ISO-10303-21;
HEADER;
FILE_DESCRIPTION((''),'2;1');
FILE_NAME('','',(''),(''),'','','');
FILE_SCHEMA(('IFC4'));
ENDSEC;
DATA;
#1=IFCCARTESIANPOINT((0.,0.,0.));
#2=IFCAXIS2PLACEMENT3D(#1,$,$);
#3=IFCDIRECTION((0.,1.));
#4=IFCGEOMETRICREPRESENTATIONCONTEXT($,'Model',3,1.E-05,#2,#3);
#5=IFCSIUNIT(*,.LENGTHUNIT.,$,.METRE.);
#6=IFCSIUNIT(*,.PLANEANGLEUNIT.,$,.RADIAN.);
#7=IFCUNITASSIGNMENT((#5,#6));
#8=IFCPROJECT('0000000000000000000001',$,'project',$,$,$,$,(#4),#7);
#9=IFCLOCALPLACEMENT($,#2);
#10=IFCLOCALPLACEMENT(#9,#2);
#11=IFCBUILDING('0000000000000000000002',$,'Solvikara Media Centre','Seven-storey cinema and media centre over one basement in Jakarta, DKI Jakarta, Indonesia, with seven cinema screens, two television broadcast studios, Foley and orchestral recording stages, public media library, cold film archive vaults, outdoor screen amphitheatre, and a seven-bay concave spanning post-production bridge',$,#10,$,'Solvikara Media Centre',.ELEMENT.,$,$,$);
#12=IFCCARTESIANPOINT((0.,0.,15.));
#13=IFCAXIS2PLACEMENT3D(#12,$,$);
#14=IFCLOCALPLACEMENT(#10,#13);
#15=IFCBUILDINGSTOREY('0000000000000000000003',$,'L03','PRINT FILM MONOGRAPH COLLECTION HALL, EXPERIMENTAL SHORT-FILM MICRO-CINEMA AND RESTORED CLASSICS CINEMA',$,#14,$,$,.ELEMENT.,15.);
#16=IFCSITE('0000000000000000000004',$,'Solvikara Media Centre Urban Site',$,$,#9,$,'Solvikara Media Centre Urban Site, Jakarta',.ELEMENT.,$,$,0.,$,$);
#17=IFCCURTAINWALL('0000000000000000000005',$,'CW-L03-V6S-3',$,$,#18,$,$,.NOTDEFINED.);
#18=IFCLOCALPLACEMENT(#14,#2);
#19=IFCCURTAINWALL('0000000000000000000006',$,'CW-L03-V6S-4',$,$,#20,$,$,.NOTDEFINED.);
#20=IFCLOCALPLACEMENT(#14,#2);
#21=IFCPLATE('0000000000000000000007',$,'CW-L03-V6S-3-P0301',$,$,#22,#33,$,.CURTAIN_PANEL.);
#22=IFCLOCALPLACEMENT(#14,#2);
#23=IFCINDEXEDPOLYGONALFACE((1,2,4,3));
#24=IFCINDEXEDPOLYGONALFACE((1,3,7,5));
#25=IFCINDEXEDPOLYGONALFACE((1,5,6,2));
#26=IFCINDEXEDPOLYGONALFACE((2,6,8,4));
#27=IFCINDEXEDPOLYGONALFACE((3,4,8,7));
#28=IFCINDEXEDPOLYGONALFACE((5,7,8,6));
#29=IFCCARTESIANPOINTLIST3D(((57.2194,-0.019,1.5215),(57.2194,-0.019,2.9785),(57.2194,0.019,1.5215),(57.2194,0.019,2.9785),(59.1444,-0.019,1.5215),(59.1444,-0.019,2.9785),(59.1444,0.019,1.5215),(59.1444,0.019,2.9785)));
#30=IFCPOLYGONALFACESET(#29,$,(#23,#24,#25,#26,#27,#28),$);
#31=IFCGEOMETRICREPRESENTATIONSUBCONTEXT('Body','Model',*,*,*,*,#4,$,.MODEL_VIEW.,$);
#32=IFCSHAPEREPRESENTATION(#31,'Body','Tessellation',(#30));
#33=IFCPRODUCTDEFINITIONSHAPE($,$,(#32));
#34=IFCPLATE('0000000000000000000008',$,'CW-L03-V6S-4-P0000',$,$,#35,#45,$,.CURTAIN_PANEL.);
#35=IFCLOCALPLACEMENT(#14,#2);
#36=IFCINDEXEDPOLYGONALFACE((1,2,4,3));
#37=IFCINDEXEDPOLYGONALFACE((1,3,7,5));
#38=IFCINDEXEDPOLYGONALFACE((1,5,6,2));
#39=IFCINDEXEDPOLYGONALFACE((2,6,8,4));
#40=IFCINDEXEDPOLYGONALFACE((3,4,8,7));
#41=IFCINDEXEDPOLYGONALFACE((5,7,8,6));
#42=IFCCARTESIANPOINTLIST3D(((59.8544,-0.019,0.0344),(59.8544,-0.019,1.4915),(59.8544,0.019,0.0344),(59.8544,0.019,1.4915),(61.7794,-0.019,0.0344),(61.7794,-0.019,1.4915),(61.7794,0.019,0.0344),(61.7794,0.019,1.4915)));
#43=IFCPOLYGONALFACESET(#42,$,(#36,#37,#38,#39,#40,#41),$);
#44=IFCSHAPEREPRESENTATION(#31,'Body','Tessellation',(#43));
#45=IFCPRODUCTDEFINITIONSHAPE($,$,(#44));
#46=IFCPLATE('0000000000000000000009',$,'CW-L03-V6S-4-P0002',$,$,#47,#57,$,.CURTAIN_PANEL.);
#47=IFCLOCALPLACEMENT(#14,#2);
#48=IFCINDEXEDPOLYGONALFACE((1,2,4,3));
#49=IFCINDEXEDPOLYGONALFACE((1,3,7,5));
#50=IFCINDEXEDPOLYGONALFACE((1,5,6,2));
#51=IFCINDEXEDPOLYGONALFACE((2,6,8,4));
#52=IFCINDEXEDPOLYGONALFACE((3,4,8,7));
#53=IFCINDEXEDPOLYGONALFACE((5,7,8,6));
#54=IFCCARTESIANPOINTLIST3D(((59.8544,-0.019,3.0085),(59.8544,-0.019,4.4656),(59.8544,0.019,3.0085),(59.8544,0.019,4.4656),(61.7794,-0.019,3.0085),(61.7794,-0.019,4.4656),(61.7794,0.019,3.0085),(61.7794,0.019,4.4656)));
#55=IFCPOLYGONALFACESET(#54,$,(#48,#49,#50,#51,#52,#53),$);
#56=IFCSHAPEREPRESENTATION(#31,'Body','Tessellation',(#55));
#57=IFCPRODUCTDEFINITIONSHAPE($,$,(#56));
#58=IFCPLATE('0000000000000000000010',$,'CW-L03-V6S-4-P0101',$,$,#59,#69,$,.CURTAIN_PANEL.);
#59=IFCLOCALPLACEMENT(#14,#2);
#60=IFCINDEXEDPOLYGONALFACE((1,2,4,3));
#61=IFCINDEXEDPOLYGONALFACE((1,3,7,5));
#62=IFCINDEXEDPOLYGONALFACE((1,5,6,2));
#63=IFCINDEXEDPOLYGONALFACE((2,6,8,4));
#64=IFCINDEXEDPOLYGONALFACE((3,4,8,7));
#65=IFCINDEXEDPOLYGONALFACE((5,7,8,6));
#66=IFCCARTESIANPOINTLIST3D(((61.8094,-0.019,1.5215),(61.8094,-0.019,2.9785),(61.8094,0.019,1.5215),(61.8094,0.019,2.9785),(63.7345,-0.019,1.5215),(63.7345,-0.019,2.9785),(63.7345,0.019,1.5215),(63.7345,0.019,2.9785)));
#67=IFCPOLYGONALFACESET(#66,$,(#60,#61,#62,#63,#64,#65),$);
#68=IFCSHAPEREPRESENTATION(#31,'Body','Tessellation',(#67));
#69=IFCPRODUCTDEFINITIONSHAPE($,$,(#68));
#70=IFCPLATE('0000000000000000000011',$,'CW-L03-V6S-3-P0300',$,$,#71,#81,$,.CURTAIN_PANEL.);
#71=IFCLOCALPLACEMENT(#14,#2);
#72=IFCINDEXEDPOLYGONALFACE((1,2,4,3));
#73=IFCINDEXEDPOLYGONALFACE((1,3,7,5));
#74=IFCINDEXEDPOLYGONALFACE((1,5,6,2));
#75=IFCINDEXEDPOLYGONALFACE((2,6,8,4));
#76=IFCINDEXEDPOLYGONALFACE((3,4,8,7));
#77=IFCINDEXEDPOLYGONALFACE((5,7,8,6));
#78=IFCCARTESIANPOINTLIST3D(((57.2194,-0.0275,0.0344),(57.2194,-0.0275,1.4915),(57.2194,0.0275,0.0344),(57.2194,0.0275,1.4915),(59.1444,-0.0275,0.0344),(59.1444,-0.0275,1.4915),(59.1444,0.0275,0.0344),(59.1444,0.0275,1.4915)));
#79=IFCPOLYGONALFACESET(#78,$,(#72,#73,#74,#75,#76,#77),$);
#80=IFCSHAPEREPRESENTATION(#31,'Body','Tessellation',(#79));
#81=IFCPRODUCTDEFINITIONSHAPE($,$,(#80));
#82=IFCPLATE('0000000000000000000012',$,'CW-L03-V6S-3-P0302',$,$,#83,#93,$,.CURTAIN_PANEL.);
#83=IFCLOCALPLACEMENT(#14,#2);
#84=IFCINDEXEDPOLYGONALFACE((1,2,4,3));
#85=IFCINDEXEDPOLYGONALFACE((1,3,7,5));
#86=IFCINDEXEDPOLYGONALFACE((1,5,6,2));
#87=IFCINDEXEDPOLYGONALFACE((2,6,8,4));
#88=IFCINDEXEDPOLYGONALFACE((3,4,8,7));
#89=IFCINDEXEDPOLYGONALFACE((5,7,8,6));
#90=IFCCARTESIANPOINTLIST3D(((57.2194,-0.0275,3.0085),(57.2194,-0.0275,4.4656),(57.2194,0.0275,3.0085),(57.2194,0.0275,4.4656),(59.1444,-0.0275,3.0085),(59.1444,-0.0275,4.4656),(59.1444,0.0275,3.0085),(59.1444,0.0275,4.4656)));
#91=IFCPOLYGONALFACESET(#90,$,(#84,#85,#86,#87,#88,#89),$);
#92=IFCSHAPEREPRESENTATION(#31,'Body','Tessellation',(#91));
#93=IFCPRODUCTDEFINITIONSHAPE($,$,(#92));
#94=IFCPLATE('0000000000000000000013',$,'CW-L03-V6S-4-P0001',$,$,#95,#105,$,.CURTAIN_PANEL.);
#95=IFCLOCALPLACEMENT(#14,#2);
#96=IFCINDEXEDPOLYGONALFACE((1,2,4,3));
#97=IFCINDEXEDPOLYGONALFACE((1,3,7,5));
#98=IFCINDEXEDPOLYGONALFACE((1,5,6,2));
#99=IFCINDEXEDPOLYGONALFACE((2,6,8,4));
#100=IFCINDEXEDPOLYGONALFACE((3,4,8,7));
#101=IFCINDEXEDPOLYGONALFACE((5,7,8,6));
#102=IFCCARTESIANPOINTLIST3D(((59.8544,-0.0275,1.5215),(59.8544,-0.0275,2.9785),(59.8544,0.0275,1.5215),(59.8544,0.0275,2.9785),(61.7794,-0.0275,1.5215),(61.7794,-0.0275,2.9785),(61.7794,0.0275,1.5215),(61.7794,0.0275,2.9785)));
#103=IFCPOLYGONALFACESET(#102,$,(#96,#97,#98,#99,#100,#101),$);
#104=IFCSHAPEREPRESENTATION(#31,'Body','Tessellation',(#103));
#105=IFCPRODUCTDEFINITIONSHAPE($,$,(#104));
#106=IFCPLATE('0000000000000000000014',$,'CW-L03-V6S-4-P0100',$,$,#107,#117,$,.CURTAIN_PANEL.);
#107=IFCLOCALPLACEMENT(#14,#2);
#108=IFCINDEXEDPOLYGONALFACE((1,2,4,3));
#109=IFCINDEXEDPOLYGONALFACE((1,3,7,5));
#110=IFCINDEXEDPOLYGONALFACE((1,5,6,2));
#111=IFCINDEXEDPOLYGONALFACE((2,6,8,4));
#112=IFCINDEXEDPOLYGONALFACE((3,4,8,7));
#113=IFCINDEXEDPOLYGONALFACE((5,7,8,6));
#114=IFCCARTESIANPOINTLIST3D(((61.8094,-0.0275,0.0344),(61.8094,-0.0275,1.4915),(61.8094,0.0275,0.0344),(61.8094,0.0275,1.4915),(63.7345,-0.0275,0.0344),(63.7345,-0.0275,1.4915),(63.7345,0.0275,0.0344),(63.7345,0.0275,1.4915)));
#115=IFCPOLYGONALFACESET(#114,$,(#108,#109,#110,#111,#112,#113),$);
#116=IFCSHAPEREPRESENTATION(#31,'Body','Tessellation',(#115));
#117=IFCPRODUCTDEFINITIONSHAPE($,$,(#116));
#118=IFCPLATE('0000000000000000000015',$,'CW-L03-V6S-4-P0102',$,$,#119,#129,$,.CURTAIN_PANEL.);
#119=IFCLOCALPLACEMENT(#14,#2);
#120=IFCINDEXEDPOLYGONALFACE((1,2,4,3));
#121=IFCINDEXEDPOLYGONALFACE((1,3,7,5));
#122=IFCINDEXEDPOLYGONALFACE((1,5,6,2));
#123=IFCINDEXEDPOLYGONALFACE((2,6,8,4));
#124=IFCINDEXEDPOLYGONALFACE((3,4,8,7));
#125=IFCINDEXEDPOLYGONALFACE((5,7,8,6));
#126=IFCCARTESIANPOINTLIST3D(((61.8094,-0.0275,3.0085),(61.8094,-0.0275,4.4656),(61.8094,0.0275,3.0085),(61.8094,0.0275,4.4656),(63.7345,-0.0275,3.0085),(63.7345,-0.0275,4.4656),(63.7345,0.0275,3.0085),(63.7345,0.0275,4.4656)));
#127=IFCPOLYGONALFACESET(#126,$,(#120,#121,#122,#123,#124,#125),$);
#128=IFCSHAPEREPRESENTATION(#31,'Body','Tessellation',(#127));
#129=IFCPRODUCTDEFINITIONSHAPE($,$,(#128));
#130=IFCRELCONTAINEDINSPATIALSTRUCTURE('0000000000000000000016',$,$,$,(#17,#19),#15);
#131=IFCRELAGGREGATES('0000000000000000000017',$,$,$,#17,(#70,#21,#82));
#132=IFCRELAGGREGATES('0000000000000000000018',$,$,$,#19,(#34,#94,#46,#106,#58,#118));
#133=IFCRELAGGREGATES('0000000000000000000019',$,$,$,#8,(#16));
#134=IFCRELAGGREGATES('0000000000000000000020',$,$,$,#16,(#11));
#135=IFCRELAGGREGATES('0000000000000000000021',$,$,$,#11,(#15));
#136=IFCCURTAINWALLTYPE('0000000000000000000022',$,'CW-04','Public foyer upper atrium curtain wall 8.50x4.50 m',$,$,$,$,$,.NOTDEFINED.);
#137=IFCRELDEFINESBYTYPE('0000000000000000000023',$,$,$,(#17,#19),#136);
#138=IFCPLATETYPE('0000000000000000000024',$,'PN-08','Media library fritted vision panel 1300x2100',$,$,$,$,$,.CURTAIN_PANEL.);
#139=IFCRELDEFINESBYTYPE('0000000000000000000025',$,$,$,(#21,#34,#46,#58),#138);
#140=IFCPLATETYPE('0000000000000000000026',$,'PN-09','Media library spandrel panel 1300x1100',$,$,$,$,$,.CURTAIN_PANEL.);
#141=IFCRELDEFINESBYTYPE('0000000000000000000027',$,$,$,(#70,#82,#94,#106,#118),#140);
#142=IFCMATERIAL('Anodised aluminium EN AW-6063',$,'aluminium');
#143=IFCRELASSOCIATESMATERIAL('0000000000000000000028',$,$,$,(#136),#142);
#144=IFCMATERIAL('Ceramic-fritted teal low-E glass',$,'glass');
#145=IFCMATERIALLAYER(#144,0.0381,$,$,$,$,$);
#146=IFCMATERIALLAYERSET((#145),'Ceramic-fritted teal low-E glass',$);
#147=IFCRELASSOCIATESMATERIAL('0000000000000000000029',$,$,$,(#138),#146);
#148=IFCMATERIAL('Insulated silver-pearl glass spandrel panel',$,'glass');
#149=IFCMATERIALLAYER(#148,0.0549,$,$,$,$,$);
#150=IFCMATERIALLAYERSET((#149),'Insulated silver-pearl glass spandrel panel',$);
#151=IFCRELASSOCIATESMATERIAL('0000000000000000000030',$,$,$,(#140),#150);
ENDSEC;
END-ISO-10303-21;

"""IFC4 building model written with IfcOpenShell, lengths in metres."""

from ifc_helpers import new_model, si_unit, direction, frame, origin, origin_2d, place, context, subcontext, project, spatial, rectangle, extrude, material, layer, layer_set, type_object, element, aggregate, save


model = new_model("IFC4")

# Units and contexts
model_context = context("Model", 3, precision=1e-05, world=origin(), true_north=direction((0.0, 1.0)))
body_context = subcontext(model_context, "Body", "Model", "MODEL_VIEW")
ifc_project = project(units=[si_unit("LENGTHUNIT", "METRE"), si_unit("PLANEANGLEUNIT", "RADIAN")], contexts=[model_context])

# Site, building, storey
site_placement = place(None, origin())
site = spatial("IfcSite", under=ifc_project, at=site_placement, Name="Solvikara Media Centre Urban Site", LongName="Solvikara Media Centre Urban Site, Jakarta", CompositionType="ELEMENT", RefElevation=0.0)
building_placement = place(site_placement, origin())
building = spatial("IfcBuilding", under=site, at=building_placement, Name="Solvikara Media Centre", Description="Seven-storey cinema and media centre over one basement in Jakarta, DKI Jakarta, Indonesia, with seven cinema screens, two television broadcast studios, Foley and orchestral recording stages, public media library, cold film archive vaults, outdoor screen amphitheatre, and a seven-bay concave spanning post-production bridge", LongName="Solvikara Media Centre", CompositionType="ELEMENT")
storey_placement = place(building_placement, frame((0.0, 0.0, 15.0)))
storey = spatial("IfcBuildingStorey", under=building, at=storey_placement, Name="L03", Description="PRINT FILM MONOGRAPH COLLECTION HALL, EXPERIMENTAL SHORT-FILM MICRO-CINEMA AND RESTORED CLASSICS CINEMA", CompositionType="ELEMENT", Elevation=15.0)

# Curtain wall
ifc_material_1 = material(Name="Anodised aluminium EN AW-6063", Category="aluminium")
curtain_wall_type = type_object("IfcCurtainWallType", Name="CW-04", Description="Public foyer upper atrium curtain wall 8.50x4.50 m", PredefinedType="NOTDEFINED", material=ifc_material_1)
curtain_wall_1_placement = place(storey_placement, origin())
curtain_wall_1 = element("IfcCurtainWall", 1, at=curtain_wall_1_placement, inside=storey, type_object=curtain_wall_type, Name="CW-L03-V6S-3", PredefinedType="NOTDEFINED")

# Curtain wall
curtain_wall_2_placement = place(storey_placement, origin())
curtain_wall_2 = element("IfcCurtainWall", 2, at=curtain_wall_2_placement, inside=storey, type_object=curtain_wall_type, Name="CW-L03-V6S-4", PredefinedType="NOTDEFINED")

# Plates
ifc_material_2 = material(Name="Ceramic-fritted teal low-E glass", Category="glass")
ifc_layer_1 = layer(ifc_material_2, 0.0381)
ifc_layer_set_1 = layer_set([ifc_layer_1], Name="Ceramic-fritted teal low-E glass")
plate_type_1 = type_object("IfcPlateType", Name="PN-08", Description="Media library fritted vision panel 1300x2100", PredefinedType="CURTAIN_PANEL", material=ifc_layer_set_1)
plate_1_placement = place(storey_placement, frame((58.1819, 0.0, 1.5215), z_axis=(0.0, 0.0, 1.0), x_axis=(1.0, 0.0, 0.0)))
plate_1 = element("IfcPlate", 3, at=plate_1_placement, type_object=plate_type_1, Name="CW-L03-V6S-3-P0301", PredefinedType="CURTAIN_PANEL", context=body_context, shape_type="SweptSolid", body=[
    extrude(rectangle(XDim=1.925, YDim=0.0381, at=origin_2d()), origin(), (0.0, 0.0, 1.0), 1.457),
])
plate_2_placement = place(storey_placement, frame((60.8169, 0.0, 0.0344), z_axis=(0.0, 0.0, 1.0), x_axis=(1.0, 0.0, 0.0)))
plate_2 = element("IfcPlate", 4, at=plate_2_placement, type_object=plate_type_1, Name="CW-L03-V6S-4-P0000", PredefinedType="CURTAIN_PANEL", context=body_context, shape_type="SweptSolid", body=[
    extrude(rectangle(XDim=1.925, YDim=0.0381, at=origin_2d()), origin(), (0.0, 0.0, 1.0), 1.457),
])
plate_3_placement = place(storey_placement, frame((60.8169, 0.0, 3.0085), z_axis=(0.0, 0.0, 1.0), x_axis=(1.0, 0.0, 0.0)))
plate_3 = element("IfcPlate", 5, at=plate_3_placement, type_object=plate_type_1, Name="CW-L03-V6S-4-P0002", PredefinedType="CURTAIN_PANEL", context=body_context, shape_type="SweptSolid", body=[
    extrude(rectangle(XDim=1.925, YDim=0.0381, at=origin_2d()), origin(), (0.0, 0.0, 1.0), 1.457),
])
plate_4_placement = place(storey_placement, frame((62.772, 0.0, 1.5215), z_axis=(0.0, 0.0, 1.0), x_axis=(1.0, 0.0, 0.0)))
plate_4 = element("IfcPlate", 6, at=plate_4_placement, type_object=plate_type_1, Name="CW-L03-V6S-4-P0101", PredefinedType="CURTAIN_PANEL", context=body_context, shape_type="SweptSolid", body=[
    extrude(rectangle(XDim=1.925, YDim=0.0381, at=origin_2d()), origin(), (0.0, 0.0, 1.0), 1.457),
])
ifc_material_3 = material(Name="Insulated silver-pearl glass spandrel panel", Category="glass")
ifc_layer_2 = layer(ifc_material_3, 0.0549)
ifc_layer_set_2 = layer_set([ifc_layer_2], Name="Insulated silver-pearl glass spandrel panel")
plate_type_2 = type_object("IfcPlateType", Name="PN-09", Description="Media library spandrel panel 1300x1100", PredefinedType="CURTAIN_PANEL", material=ifc_layer_set_2)
plate_5_placement = place(storey_placement, frame((58.1819, 0.0, 0.0344), z_axis=(0.0, 0.0, 1.0), x_axis=(1.0, 0.0, 0.0)))
plate_5 = element("IfcPlate", 7, at=plate_5_placement, type_object=plate_type_2, Name="CW-L03-V6S-3-P0300", PredefinedType="CURTAIN_PANEL", context=body_context, shape_type="SweptSolid", body=[
    extrude(rectangle(XDim=1.925, YDim=0.0549, at=origin_2d()), origin(), (0.0, 0.0, 1.0), 1.457),
])
plate_6_placement = place(storey_placement, frame((58.1819, 0.0, 3.0085), z_axis=(0.0, 0.0, 1.0), x_axis=(1.0, 0.0, 0.0)))
plate_6 = element("IfcPlate", 8, at=plate_6_placement, type_object=plate_type_2, Name="CW-L03-V6S-3-P0302", PredefinedType="CURTAIN_PANEL", context=body_context, shape_type="SweptSolid", body=[
    extrude(rectangle(XDim=1.925, YDim=0.0549, at=origin_2d()), origin(), (0.0, 0.0, 1.0), 1.457),
])
aggregate(curtain_wall_1, [plate_5, plate_1, plate_6])
plate_7_placement = place(storey_placement, frame((60.8169, 0.0, 1.5215), z_axis=(0.0, 0.0, 1.0), x_axis=(1.0, 0.0, 0.0)))
plate_7 = element("IfcPlate", 9, at=plate_7_placement, type_object=plate_type_2, Name="CW-L03-V6S-4-P0001", PredefinedType="CURTAIN_PANEL", context=body_context, shape_type="SweptSolid", body=[
    extrude(rectangle(XDim=1.925, YDim=0.0549, at=origin_2d()), origin(), (0.0, 0.0, 1.0), 1.457),
])
plate_8_placement = place(storey_placement, frame((62.772, 0.0, 0.0344), z_axis=(0.0, 0.0, 1.0), x_axis=(1.0, 0.0, 0.0)))
plate_8 = element("IfcPlate", 10, at=plate_8_placement, type_object=plate_type_2, Name="CW-L03-V6S-4-P0100", PredefinedType="CURTAIN_PANEL", context=body_context, shape_type="SweptSolid", body=[
    extrude(rectangle(XDim=1.925, YDim=0.0549, at=origin_2d()), origin(), (0.0, 0.0, 1.0), 1.457),
])
plate_9_placement = place(storey_placement, frame((62.772, 0.0, 3.0085), z_axis=(0.0, 0.0, 1.0), x_axis=(1.0, 0.0, 0.0)))
plate_9 = element("IfcPlate", 11, at=plate_9_placement, type_object=plate_type_2, Name="CW-L03-V6S-4-P0102", PredefinedType="CURTAIN_PANEL", context=body_context, shape_type="SweptSolid", body=[
    extrude(rectangle(XDim=1.925, YDim=0.0549, at=origin_2d()), origin(), (0.0, 0.0, 1.0), 1.457),
])
aggregate(curtain_wall_2, [plate_2, plate_7, plate_3, plate_8, plate_4, plate_9])

save(model, "model.ifc")
